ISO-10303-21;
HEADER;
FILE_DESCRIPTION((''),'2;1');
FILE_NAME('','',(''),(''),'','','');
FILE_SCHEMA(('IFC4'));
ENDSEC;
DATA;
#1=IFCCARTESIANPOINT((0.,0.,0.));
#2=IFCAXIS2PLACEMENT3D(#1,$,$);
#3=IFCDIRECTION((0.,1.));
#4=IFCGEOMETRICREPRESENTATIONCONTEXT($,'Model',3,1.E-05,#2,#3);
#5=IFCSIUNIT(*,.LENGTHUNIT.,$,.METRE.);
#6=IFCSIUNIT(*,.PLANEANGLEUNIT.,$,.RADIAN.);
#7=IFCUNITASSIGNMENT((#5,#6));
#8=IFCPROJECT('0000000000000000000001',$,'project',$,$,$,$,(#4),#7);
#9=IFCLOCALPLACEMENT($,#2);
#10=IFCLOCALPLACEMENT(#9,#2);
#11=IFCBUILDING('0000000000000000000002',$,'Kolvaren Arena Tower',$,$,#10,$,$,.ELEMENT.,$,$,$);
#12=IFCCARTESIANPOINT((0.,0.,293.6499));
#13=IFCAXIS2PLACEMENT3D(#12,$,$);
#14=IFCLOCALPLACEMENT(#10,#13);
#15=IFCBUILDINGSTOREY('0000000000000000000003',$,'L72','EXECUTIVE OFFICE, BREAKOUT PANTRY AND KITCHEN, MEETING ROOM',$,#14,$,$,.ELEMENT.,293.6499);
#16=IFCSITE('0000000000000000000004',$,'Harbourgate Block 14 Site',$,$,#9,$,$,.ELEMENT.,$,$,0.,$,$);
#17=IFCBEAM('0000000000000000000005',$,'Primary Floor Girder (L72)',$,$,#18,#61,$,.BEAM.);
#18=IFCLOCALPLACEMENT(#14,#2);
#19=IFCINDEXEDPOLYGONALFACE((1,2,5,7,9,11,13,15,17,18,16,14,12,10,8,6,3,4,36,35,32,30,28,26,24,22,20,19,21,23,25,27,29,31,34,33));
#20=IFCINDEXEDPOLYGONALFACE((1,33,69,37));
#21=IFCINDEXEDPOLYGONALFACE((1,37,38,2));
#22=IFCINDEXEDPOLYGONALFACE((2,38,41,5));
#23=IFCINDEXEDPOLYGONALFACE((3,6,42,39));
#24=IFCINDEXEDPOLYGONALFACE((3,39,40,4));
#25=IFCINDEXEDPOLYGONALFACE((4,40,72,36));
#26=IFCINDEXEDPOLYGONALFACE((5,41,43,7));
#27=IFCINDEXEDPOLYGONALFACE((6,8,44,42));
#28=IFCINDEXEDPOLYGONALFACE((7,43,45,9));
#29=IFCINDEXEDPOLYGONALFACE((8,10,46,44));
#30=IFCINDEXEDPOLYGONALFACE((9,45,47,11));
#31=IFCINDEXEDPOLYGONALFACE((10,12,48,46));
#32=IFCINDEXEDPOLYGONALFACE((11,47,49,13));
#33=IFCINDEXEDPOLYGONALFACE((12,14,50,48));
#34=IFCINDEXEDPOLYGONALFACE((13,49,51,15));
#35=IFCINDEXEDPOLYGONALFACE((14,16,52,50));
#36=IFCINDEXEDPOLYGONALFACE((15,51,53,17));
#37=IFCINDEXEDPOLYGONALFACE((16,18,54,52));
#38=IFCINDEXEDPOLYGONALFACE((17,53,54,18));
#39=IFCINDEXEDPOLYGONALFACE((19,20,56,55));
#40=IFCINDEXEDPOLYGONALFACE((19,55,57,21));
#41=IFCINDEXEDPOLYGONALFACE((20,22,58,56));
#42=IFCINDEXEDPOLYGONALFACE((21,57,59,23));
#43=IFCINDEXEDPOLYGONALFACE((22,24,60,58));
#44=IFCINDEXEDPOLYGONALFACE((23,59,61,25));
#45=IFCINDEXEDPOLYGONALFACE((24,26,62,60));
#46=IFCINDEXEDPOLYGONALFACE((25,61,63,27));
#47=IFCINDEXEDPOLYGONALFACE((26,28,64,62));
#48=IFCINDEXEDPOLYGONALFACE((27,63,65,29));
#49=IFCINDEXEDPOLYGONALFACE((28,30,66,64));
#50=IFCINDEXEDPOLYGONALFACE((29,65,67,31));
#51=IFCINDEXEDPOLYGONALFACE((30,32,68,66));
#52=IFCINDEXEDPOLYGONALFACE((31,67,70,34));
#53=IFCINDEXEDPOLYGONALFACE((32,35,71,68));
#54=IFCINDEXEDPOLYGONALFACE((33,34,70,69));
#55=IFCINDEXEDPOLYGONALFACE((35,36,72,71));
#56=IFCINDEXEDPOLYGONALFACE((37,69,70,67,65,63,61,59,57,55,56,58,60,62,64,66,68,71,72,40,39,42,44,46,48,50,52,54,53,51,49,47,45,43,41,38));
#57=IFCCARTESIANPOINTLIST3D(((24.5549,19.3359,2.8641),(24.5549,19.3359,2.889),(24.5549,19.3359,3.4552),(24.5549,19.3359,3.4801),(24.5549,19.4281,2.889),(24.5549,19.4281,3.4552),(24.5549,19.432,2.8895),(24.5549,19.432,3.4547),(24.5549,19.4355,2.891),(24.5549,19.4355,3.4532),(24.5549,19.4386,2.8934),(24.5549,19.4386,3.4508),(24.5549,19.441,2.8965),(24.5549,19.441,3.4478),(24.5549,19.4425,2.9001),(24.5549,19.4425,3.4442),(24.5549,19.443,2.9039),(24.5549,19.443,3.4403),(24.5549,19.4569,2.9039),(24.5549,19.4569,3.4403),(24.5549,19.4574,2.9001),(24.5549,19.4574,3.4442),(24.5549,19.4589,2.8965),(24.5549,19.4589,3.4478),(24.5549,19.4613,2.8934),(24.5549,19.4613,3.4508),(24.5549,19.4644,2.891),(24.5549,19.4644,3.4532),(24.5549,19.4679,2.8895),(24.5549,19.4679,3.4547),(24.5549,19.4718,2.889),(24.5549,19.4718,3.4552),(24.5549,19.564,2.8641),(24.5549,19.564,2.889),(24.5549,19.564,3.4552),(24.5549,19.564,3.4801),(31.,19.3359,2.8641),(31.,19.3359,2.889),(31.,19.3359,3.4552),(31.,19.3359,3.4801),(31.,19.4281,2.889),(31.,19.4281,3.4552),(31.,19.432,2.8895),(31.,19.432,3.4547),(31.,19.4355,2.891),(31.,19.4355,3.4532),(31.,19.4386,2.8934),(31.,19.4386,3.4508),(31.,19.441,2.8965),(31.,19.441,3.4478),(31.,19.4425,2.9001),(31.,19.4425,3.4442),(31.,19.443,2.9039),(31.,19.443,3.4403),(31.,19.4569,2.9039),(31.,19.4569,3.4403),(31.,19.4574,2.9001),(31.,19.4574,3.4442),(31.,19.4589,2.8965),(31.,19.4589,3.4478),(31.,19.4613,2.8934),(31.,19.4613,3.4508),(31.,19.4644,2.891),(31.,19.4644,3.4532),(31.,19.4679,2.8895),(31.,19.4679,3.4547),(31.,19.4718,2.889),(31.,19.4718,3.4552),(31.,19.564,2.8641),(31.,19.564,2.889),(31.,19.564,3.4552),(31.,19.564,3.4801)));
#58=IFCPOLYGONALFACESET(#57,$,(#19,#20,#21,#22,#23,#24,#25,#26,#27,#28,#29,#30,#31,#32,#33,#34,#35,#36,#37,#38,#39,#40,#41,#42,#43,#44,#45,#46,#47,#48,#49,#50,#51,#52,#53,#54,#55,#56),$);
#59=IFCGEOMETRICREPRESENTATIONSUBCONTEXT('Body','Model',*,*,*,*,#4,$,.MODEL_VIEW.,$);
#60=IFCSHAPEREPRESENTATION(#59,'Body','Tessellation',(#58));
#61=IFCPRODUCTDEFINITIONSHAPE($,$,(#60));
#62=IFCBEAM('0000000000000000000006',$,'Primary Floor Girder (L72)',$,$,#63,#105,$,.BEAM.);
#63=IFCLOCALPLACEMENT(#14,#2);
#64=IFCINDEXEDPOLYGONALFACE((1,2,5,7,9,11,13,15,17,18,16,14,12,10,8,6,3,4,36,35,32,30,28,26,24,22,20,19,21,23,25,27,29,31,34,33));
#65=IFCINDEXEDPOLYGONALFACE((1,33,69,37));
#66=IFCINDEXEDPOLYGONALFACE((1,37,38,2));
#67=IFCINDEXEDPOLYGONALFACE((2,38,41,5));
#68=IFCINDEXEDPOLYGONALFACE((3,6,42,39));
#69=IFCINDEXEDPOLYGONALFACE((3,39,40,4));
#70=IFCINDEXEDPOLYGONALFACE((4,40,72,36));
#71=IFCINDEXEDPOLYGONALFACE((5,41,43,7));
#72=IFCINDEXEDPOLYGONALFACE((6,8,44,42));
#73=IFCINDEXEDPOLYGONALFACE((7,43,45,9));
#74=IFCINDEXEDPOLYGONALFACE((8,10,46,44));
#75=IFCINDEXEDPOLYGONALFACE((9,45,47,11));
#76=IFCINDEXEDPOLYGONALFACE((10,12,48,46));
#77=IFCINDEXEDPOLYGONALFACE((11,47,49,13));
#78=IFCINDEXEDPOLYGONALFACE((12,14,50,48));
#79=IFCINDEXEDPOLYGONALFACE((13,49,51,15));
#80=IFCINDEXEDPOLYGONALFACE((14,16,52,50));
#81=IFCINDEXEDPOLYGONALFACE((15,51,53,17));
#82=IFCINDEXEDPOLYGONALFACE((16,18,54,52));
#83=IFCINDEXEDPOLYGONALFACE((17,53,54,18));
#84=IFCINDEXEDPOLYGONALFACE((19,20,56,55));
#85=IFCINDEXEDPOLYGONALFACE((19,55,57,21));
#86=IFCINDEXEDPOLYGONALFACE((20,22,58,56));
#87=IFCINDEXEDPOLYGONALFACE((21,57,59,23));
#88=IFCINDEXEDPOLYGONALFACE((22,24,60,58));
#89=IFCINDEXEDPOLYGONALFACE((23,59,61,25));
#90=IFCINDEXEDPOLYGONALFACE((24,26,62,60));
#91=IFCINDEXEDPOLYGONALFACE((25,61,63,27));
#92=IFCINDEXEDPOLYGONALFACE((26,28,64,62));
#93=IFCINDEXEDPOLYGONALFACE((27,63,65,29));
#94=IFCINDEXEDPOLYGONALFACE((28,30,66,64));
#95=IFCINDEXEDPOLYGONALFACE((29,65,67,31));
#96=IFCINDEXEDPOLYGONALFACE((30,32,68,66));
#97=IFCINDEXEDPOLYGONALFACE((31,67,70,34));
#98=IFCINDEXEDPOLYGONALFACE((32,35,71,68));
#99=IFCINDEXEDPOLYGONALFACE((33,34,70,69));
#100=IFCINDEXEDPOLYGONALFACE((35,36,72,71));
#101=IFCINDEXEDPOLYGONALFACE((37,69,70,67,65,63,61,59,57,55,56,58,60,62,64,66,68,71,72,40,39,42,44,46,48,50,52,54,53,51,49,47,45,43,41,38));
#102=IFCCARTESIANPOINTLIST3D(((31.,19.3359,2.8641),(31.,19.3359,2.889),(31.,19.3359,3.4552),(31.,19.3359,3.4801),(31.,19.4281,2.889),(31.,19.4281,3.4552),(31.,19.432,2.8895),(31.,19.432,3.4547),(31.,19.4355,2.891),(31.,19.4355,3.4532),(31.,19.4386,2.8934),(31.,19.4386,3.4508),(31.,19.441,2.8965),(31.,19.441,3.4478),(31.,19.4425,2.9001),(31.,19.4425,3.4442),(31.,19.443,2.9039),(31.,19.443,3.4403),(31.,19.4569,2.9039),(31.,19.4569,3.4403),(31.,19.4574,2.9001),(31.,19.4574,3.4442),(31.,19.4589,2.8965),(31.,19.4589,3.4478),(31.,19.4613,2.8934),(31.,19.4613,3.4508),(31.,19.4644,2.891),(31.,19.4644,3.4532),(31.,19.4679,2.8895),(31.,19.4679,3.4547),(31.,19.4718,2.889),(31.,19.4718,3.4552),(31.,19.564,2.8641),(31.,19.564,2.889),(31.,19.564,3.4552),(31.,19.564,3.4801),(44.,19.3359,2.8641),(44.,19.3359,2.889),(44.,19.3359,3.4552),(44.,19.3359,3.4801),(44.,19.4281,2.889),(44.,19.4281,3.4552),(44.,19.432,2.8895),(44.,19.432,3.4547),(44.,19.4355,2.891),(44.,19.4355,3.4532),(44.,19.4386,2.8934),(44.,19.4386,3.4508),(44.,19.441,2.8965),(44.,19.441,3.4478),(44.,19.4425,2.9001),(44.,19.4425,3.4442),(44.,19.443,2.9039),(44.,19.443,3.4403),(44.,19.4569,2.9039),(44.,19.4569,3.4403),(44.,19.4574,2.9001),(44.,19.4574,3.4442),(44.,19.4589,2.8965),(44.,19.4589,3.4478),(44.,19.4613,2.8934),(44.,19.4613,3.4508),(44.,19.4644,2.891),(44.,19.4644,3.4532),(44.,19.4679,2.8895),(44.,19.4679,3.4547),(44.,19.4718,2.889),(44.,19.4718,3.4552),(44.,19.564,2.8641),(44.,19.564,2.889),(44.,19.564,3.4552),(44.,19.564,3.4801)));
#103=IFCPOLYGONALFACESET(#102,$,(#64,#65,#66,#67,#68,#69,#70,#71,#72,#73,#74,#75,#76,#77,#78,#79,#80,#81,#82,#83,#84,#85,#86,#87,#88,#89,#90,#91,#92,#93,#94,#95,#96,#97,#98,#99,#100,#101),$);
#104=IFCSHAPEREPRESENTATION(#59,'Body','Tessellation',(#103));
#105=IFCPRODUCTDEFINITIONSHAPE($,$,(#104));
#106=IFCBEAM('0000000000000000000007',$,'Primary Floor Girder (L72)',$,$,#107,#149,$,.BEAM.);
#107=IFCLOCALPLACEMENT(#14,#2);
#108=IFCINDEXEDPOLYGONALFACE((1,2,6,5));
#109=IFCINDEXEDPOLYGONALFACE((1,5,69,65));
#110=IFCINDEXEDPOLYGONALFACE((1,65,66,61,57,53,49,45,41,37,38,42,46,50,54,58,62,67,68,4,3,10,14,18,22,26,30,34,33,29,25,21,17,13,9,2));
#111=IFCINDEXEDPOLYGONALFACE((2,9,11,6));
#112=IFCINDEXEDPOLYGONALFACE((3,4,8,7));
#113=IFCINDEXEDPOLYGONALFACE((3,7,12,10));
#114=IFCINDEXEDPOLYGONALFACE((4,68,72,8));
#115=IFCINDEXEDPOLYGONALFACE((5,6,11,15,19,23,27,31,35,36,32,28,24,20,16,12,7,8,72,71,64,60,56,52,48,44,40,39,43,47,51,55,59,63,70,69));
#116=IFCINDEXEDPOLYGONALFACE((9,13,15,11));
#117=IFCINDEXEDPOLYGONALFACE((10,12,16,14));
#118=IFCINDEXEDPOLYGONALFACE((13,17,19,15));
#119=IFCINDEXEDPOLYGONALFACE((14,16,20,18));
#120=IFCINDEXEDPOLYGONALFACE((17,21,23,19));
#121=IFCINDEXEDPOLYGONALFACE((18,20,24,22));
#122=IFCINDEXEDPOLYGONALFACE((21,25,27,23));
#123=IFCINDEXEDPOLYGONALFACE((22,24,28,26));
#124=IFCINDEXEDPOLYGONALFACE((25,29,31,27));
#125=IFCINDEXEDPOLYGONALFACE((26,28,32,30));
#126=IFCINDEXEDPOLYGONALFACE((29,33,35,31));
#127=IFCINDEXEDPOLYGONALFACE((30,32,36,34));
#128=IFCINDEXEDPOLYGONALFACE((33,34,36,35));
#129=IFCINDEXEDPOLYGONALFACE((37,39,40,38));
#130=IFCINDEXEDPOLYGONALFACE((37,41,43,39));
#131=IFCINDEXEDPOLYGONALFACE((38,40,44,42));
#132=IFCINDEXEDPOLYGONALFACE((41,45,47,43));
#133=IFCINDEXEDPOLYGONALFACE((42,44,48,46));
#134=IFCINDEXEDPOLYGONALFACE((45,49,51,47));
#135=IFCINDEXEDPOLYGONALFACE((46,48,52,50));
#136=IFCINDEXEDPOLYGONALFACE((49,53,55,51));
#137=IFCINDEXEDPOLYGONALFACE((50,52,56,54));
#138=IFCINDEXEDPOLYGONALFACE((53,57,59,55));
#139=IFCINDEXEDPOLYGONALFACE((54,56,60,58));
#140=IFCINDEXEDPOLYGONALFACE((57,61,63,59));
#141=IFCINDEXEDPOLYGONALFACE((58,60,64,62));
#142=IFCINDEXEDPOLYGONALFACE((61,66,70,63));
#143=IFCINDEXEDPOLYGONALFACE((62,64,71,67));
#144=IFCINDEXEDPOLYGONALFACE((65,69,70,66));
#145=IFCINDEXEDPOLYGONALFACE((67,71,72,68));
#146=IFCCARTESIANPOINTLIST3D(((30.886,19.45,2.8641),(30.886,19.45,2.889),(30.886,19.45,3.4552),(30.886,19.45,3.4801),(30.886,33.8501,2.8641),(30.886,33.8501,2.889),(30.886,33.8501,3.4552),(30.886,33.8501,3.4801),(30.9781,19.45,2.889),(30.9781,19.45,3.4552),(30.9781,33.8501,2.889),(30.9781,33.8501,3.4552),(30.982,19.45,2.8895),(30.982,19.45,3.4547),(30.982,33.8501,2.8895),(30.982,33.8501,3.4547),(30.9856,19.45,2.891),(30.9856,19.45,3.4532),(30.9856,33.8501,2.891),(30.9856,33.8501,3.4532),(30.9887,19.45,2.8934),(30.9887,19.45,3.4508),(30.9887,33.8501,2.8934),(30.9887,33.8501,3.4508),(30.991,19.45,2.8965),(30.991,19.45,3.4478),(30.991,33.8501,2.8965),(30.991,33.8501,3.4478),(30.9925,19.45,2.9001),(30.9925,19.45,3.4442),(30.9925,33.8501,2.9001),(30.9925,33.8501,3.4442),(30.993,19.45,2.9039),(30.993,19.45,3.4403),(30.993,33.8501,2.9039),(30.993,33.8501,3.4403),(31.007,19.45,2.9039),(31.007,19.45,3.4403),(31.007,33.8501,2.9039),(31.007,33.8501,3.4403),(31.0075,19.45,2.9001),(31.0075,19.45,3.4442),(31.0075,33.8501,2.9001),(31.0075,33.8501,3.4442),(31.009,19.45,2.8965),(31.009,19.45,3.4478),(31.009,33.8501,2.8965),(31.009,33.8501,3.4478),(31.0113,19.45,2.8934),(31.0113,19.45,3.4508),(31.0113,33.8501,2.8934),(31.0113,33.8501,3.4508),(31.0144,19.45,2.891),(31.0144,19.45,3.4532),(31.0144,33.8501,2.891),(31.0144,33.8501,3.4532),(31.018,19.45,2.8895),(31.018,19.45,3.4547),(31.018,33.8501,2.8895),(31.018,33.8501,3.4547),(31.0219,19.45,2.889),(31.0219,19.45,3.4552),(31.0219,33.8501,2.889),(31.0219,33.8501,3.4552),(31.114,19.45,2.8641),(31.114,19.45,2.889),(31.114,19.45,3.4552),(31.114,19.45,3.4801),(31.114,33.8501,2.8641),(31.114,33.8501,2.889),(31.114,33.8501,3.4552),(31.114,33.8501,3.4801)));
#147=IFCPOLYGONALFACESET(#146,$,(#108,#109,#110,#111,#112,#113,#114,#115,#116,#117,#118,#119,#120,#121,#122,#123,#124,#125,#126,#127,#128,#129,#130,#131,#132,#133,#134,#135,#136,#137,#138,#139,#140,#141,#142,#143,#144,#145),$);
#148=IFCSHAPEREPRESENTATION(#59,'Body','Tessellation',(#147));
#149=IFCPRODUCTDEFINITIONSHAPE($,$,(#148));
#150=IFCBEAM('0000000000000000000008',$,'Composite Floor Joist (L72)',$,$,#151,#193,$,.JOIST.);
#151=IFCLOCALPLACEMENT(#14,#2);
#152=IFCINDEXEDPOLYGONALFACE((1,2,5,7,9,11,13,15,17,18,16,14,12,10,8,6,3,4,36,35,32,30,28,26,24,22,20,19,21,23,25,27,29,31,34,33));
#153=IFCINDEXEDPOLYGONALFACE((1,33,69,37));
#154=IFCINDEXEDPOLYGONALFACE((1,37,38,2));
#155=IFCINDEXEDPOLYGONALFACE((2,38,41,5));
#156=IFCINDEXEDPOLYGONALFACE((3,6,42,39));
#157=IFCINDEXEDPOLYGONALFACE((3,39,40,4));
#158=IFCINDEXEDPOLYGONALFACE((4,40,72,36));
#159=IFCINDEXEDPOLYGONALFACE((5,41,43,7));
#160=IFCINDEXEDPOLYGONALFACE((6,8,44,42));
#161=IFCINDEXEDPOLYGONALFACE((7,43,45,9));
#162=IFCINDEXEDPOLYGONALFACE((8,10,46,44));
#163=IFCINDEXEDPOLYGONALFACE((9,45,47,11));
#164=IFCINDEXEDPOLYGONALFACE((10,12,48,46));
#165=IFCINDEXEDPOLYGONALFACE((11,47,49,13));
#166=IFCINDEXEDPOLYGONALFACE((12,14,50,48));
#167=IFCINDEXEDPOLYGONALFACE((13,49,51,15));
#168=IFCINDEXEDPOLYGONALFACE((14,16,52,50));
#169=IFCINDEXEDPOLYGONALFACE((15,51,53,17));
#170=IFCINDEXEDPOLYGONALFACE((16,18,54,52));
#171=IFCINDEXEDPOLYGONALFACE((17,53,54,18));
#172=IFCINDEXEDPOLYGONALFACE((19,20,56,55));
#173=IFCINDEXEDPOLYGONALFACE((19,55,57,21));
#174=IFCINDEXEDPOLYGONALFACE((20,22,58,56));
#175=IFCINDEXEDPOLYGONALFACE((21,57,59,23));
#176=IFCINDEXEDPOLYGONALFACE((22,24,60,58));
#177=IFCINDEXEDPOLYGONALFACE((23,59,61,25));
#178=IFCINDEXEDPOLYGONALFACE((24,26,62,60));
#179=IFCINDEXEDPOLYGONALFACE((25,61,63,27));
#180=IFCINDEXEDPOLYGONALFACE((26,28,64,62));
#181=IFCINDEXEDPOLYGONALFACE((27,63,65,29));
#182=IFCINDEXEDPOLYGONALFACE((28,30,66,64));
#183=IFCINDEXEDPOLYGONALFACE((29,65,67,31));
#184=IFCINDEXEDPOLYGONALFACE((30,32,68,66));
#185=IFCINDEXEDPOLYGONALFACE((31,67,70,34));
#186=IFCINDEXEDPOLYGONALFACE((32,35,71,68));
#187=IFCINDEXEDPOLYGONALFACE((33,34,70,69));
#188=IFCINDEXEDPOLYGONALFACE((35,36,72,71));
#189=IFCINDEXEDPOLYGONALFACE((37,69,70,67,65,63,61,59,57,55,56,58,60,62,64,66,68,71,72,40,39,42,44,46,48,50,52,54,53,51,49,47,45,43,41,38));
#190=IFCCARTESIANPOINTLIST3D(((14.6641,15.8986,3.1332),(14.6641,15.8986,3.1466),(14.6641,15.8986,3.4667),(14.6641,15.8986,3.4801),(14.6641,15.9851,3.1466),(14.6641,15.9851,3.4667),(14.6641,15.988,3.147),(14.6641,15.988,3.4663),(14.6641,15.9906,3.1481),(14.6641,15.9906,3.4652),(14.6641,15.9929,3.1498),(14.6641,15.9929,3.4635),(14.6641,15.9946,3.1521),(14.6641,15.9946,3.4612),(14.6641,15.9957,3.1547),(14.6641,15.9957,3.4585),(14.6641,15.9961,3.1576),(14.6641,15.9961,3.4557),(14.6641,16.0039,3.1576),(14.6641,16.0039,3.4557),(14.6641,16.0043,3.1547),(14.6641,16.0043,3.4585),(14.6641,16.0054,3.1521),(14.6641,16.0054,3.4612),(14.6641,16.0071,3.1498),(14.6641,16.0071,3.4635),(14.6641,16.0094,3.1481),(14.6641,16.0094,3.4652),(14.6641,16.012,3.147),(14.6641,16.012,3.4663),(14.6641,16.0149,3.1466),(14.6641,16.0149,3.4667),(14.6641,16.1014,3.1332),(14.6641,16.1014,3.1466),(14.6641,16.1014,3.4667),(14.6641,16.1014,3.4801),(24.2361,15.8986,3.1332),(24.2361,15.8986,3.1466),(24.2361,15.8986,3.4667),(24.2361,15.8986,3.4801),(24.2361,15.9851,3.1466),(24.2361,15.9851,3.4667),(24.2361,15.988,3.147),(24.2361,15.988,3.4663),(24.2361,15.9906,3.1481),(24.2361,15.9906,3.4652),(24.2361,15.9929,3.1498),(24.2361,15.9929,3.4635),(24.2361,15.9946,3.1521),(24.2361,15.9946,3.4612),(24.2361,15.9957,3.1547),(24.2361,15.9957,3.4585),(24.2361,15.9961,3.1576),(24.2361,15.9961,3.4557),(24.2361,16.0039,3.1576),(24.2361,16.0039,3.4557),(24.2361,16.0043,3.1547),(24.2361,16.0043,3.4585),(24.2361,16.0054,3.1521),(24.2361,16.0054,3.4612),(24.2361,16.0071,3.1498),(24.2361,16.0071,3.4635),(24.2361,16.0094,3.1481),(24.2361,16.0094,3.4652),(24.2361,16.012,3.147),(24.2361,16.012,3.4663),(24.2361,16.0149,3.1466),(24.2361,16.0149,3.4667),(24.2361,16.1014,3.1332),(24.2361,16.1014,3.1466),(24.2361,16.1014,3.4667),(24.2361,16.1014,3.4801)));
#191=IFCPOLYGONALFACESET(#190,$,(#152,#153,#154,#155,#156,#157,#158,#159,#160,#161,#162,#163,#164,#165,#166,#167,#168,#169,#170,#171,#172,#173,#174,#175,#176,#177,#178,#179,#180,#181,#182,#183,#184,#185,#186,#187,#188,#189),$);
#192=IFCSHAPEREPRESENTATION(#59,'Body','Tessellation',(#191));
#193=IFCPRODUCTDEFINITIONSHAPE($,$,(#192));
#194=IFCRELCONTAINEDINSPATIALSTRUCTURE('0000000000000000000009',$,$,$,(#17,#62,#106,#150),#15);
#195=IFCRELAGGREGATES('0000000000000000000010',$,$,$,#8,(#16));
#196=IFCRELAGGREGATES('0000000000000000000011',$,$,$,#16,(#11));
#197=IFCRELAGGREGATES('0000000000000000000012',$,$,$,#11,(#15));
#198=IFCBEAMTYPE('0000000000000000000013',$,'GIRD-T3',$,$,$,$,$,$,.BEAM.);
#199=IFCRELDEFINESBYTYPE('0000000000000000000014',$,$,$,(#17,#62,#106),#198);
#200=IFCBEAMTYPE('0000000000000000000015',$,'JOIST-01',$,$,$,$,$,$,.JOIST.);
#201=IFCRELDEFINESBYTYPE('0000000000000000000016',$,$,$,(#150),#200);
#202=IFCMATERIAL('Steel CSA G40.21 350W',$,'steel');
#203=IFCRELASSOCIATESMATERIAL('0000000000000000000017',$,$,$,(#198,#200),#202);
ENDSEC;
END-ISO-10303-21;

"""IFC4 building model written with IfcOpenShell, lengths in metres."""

from ifc_helpers import new_model, si_unit, direction, frame, origin, origin_2d, place, context, subcontext, project, spatial, i_section, extrude, material, material_profile, profile_set, type_object, element, save


model = new_model("IFC4")

# Units and contexts
model_context = context("Model", 3, precision=1e-05, world=origin(), true_north=direction((0.0, 1.0)))
body_context = subcontext(model_context, "Body", "Model", "MODEL_VIEW")
ifc_project = project(units=[si_unit("LENGTHUNIT", "METRE"), si_unit("PLANEANGLEUNIT", "RADIAN")], contexts=[model_context])

# Site, building, storey
site_placement = place(None, origin())
site = spatial("IfcSite", under=ifc_project, at=site_placement, Name="Harbourgate Block 14 Site", CompositionType="ELEMENT", RefElevation=0.0)
building_placement = place(site_placement, origin())
building = spatial("IfcBuilding", under=site, at=building_placement, Name="Kolvaren Arena Tower", CompositionType="ELEMENT")
storey_placement = place(building_placement, frame((0.0, 0.0, 293.6499)))
storey = spatial("IfcBuildingStorey", under=building, at=storey_placement, Name="L72", Description="EXECUTIVE OFFICE, BREAKOUT PANTRY AND KITCHEN, MEETING ROOM", CompositionType="ELEMENT", Elevation=293.6499)

# Beams
ifc_material_1 = material(Name="Steel CSA G40.21 350W", Category="steel")
ifc_material_profile_1 = material_profile(ifc_material_1, i_section(OverallWidth=0.228, OverallDepth=0.616, WebThickness=0.0139, FlangeThickness=0.0249, FilletRadius=0.0149, at=origin_2d()), Name="W610x174")
ifc_profile_set_1 = profile_set([ifc_material_profile_1], Name="Steel CSA G40.21 350W")
beam_type_1 = type_object("IfcBeamType", Name="GIRD-T3", PredefinedType="BEAM", material=ifc_profile_set_1)
beam_1_placement = place(storey_placement, frame((24.5549, 19.45, 3.1721), z_axis=(1.0, 0.0, 0.0), x_axis=(0.0, 1.0, 0.0)))
element("IfcBeam", 1, at=beam_1_placement, inside=storey, type_object=beam_type_1, Name="Primary Floor Girder (L72)", PredefinedType="BEAM", context=body_context, shape_type="SweptSolid", body=[
    extrude(i_section(OverallWidth=0.228, OverallDepth=0.616, WebThickness=0.0139, FlangeThickness=0.0249, FilletRadius=0.0149, at=origin_2d()), origin(), (0.0, 0.0, 1.0), 6.4451),
])
beam_2_placement = place(storey_placement, frame((31.0, 19.45, 3.1721), z_axis=(1.0, 0.0, 0.0), x_axis=(0.0, 1.0, 0.0)))
element("IfcBeam", 2, at=beam_2_placement, inside=storey, type_object=beam_type_1, Name="Primary Floor Girder (L72)", PredefinedType="BEAM", context=body_context, shape_type="SweptSolid", body=[
    extrude(i_section(OverallWidth=0.228, OverallDepth=0.616, WebThickness=0.0139, FlangeThickness=0.0249, FilletRadius=0.0149, at=origin_2d()), origin(), (0.0, 0.0, 1.0), 13.0),
])
beam_3_placement = place(storey_placement, frame((31.0, 19.45, 3.1721), z_axis=(0.0, 1.0, 0.0), x_axis=(-1.0, 0.0, 0.0)))
element("IfcBeam", 3, at=beam_3_placement, inside=storey, type_object=beam_type_1, Name="Primary Floor Girder (L72)", PredefinedType="BEAM", context=body_context, shape_type="SweptSolid", body=[
    extrude(i_section(OverallWidth=0.228, OverallDepth=0.616, WebThickness=0.0139, FlangeThickness=0.0249, FilletRadius=0.0149, at=origin_2d()), origin(), (0.0, 0.0, 1.0), 14.4001),
])
ifc_material_profile_2 = material_profile(ifc_material_1, i_section(OverallWidth=0.2029, OverallDepth=0.3469, WebThickness=0.0078, FlangeThickness=0.0134, FilletRadius=0.011, at=origin_2d()), Name="W360x64")
ifc_profile_set_2 = profile_set([ifc_material_profile_2], Name="Steel CSA G40.21 350W")
beam_type_2 = type_object("IfcBeamType", Name="JOIST-01", PredefinedType="JOIST", material=ifc_profile_set_2)
beam_4_placement = place(storey_placement, frame((14.6641, 16.0, 3.3066), z_axis=(1.0, 0.0, 0.0), x_axis=(0.0, 1.0, 0.0)))
element("IfcBeam", 4, at=beam_4_placement, inside=storey, type_object=beam_type_2, Name="Composite Floor Joist (L72)", PredefinedType="JOIST", context=body_context, shape_type="SweptSolid", body=[
    extrude(i_section(OverallWidth=0.2029, OverallDepth=0.3469, WebThickness=0.0078, FlangeThickness=0.0134, FilletRadius=0.011, at=origin_2d()), origin(), (0.0, 0.0, 1.0), 9.572),
])

save(model, "model.ifc")
